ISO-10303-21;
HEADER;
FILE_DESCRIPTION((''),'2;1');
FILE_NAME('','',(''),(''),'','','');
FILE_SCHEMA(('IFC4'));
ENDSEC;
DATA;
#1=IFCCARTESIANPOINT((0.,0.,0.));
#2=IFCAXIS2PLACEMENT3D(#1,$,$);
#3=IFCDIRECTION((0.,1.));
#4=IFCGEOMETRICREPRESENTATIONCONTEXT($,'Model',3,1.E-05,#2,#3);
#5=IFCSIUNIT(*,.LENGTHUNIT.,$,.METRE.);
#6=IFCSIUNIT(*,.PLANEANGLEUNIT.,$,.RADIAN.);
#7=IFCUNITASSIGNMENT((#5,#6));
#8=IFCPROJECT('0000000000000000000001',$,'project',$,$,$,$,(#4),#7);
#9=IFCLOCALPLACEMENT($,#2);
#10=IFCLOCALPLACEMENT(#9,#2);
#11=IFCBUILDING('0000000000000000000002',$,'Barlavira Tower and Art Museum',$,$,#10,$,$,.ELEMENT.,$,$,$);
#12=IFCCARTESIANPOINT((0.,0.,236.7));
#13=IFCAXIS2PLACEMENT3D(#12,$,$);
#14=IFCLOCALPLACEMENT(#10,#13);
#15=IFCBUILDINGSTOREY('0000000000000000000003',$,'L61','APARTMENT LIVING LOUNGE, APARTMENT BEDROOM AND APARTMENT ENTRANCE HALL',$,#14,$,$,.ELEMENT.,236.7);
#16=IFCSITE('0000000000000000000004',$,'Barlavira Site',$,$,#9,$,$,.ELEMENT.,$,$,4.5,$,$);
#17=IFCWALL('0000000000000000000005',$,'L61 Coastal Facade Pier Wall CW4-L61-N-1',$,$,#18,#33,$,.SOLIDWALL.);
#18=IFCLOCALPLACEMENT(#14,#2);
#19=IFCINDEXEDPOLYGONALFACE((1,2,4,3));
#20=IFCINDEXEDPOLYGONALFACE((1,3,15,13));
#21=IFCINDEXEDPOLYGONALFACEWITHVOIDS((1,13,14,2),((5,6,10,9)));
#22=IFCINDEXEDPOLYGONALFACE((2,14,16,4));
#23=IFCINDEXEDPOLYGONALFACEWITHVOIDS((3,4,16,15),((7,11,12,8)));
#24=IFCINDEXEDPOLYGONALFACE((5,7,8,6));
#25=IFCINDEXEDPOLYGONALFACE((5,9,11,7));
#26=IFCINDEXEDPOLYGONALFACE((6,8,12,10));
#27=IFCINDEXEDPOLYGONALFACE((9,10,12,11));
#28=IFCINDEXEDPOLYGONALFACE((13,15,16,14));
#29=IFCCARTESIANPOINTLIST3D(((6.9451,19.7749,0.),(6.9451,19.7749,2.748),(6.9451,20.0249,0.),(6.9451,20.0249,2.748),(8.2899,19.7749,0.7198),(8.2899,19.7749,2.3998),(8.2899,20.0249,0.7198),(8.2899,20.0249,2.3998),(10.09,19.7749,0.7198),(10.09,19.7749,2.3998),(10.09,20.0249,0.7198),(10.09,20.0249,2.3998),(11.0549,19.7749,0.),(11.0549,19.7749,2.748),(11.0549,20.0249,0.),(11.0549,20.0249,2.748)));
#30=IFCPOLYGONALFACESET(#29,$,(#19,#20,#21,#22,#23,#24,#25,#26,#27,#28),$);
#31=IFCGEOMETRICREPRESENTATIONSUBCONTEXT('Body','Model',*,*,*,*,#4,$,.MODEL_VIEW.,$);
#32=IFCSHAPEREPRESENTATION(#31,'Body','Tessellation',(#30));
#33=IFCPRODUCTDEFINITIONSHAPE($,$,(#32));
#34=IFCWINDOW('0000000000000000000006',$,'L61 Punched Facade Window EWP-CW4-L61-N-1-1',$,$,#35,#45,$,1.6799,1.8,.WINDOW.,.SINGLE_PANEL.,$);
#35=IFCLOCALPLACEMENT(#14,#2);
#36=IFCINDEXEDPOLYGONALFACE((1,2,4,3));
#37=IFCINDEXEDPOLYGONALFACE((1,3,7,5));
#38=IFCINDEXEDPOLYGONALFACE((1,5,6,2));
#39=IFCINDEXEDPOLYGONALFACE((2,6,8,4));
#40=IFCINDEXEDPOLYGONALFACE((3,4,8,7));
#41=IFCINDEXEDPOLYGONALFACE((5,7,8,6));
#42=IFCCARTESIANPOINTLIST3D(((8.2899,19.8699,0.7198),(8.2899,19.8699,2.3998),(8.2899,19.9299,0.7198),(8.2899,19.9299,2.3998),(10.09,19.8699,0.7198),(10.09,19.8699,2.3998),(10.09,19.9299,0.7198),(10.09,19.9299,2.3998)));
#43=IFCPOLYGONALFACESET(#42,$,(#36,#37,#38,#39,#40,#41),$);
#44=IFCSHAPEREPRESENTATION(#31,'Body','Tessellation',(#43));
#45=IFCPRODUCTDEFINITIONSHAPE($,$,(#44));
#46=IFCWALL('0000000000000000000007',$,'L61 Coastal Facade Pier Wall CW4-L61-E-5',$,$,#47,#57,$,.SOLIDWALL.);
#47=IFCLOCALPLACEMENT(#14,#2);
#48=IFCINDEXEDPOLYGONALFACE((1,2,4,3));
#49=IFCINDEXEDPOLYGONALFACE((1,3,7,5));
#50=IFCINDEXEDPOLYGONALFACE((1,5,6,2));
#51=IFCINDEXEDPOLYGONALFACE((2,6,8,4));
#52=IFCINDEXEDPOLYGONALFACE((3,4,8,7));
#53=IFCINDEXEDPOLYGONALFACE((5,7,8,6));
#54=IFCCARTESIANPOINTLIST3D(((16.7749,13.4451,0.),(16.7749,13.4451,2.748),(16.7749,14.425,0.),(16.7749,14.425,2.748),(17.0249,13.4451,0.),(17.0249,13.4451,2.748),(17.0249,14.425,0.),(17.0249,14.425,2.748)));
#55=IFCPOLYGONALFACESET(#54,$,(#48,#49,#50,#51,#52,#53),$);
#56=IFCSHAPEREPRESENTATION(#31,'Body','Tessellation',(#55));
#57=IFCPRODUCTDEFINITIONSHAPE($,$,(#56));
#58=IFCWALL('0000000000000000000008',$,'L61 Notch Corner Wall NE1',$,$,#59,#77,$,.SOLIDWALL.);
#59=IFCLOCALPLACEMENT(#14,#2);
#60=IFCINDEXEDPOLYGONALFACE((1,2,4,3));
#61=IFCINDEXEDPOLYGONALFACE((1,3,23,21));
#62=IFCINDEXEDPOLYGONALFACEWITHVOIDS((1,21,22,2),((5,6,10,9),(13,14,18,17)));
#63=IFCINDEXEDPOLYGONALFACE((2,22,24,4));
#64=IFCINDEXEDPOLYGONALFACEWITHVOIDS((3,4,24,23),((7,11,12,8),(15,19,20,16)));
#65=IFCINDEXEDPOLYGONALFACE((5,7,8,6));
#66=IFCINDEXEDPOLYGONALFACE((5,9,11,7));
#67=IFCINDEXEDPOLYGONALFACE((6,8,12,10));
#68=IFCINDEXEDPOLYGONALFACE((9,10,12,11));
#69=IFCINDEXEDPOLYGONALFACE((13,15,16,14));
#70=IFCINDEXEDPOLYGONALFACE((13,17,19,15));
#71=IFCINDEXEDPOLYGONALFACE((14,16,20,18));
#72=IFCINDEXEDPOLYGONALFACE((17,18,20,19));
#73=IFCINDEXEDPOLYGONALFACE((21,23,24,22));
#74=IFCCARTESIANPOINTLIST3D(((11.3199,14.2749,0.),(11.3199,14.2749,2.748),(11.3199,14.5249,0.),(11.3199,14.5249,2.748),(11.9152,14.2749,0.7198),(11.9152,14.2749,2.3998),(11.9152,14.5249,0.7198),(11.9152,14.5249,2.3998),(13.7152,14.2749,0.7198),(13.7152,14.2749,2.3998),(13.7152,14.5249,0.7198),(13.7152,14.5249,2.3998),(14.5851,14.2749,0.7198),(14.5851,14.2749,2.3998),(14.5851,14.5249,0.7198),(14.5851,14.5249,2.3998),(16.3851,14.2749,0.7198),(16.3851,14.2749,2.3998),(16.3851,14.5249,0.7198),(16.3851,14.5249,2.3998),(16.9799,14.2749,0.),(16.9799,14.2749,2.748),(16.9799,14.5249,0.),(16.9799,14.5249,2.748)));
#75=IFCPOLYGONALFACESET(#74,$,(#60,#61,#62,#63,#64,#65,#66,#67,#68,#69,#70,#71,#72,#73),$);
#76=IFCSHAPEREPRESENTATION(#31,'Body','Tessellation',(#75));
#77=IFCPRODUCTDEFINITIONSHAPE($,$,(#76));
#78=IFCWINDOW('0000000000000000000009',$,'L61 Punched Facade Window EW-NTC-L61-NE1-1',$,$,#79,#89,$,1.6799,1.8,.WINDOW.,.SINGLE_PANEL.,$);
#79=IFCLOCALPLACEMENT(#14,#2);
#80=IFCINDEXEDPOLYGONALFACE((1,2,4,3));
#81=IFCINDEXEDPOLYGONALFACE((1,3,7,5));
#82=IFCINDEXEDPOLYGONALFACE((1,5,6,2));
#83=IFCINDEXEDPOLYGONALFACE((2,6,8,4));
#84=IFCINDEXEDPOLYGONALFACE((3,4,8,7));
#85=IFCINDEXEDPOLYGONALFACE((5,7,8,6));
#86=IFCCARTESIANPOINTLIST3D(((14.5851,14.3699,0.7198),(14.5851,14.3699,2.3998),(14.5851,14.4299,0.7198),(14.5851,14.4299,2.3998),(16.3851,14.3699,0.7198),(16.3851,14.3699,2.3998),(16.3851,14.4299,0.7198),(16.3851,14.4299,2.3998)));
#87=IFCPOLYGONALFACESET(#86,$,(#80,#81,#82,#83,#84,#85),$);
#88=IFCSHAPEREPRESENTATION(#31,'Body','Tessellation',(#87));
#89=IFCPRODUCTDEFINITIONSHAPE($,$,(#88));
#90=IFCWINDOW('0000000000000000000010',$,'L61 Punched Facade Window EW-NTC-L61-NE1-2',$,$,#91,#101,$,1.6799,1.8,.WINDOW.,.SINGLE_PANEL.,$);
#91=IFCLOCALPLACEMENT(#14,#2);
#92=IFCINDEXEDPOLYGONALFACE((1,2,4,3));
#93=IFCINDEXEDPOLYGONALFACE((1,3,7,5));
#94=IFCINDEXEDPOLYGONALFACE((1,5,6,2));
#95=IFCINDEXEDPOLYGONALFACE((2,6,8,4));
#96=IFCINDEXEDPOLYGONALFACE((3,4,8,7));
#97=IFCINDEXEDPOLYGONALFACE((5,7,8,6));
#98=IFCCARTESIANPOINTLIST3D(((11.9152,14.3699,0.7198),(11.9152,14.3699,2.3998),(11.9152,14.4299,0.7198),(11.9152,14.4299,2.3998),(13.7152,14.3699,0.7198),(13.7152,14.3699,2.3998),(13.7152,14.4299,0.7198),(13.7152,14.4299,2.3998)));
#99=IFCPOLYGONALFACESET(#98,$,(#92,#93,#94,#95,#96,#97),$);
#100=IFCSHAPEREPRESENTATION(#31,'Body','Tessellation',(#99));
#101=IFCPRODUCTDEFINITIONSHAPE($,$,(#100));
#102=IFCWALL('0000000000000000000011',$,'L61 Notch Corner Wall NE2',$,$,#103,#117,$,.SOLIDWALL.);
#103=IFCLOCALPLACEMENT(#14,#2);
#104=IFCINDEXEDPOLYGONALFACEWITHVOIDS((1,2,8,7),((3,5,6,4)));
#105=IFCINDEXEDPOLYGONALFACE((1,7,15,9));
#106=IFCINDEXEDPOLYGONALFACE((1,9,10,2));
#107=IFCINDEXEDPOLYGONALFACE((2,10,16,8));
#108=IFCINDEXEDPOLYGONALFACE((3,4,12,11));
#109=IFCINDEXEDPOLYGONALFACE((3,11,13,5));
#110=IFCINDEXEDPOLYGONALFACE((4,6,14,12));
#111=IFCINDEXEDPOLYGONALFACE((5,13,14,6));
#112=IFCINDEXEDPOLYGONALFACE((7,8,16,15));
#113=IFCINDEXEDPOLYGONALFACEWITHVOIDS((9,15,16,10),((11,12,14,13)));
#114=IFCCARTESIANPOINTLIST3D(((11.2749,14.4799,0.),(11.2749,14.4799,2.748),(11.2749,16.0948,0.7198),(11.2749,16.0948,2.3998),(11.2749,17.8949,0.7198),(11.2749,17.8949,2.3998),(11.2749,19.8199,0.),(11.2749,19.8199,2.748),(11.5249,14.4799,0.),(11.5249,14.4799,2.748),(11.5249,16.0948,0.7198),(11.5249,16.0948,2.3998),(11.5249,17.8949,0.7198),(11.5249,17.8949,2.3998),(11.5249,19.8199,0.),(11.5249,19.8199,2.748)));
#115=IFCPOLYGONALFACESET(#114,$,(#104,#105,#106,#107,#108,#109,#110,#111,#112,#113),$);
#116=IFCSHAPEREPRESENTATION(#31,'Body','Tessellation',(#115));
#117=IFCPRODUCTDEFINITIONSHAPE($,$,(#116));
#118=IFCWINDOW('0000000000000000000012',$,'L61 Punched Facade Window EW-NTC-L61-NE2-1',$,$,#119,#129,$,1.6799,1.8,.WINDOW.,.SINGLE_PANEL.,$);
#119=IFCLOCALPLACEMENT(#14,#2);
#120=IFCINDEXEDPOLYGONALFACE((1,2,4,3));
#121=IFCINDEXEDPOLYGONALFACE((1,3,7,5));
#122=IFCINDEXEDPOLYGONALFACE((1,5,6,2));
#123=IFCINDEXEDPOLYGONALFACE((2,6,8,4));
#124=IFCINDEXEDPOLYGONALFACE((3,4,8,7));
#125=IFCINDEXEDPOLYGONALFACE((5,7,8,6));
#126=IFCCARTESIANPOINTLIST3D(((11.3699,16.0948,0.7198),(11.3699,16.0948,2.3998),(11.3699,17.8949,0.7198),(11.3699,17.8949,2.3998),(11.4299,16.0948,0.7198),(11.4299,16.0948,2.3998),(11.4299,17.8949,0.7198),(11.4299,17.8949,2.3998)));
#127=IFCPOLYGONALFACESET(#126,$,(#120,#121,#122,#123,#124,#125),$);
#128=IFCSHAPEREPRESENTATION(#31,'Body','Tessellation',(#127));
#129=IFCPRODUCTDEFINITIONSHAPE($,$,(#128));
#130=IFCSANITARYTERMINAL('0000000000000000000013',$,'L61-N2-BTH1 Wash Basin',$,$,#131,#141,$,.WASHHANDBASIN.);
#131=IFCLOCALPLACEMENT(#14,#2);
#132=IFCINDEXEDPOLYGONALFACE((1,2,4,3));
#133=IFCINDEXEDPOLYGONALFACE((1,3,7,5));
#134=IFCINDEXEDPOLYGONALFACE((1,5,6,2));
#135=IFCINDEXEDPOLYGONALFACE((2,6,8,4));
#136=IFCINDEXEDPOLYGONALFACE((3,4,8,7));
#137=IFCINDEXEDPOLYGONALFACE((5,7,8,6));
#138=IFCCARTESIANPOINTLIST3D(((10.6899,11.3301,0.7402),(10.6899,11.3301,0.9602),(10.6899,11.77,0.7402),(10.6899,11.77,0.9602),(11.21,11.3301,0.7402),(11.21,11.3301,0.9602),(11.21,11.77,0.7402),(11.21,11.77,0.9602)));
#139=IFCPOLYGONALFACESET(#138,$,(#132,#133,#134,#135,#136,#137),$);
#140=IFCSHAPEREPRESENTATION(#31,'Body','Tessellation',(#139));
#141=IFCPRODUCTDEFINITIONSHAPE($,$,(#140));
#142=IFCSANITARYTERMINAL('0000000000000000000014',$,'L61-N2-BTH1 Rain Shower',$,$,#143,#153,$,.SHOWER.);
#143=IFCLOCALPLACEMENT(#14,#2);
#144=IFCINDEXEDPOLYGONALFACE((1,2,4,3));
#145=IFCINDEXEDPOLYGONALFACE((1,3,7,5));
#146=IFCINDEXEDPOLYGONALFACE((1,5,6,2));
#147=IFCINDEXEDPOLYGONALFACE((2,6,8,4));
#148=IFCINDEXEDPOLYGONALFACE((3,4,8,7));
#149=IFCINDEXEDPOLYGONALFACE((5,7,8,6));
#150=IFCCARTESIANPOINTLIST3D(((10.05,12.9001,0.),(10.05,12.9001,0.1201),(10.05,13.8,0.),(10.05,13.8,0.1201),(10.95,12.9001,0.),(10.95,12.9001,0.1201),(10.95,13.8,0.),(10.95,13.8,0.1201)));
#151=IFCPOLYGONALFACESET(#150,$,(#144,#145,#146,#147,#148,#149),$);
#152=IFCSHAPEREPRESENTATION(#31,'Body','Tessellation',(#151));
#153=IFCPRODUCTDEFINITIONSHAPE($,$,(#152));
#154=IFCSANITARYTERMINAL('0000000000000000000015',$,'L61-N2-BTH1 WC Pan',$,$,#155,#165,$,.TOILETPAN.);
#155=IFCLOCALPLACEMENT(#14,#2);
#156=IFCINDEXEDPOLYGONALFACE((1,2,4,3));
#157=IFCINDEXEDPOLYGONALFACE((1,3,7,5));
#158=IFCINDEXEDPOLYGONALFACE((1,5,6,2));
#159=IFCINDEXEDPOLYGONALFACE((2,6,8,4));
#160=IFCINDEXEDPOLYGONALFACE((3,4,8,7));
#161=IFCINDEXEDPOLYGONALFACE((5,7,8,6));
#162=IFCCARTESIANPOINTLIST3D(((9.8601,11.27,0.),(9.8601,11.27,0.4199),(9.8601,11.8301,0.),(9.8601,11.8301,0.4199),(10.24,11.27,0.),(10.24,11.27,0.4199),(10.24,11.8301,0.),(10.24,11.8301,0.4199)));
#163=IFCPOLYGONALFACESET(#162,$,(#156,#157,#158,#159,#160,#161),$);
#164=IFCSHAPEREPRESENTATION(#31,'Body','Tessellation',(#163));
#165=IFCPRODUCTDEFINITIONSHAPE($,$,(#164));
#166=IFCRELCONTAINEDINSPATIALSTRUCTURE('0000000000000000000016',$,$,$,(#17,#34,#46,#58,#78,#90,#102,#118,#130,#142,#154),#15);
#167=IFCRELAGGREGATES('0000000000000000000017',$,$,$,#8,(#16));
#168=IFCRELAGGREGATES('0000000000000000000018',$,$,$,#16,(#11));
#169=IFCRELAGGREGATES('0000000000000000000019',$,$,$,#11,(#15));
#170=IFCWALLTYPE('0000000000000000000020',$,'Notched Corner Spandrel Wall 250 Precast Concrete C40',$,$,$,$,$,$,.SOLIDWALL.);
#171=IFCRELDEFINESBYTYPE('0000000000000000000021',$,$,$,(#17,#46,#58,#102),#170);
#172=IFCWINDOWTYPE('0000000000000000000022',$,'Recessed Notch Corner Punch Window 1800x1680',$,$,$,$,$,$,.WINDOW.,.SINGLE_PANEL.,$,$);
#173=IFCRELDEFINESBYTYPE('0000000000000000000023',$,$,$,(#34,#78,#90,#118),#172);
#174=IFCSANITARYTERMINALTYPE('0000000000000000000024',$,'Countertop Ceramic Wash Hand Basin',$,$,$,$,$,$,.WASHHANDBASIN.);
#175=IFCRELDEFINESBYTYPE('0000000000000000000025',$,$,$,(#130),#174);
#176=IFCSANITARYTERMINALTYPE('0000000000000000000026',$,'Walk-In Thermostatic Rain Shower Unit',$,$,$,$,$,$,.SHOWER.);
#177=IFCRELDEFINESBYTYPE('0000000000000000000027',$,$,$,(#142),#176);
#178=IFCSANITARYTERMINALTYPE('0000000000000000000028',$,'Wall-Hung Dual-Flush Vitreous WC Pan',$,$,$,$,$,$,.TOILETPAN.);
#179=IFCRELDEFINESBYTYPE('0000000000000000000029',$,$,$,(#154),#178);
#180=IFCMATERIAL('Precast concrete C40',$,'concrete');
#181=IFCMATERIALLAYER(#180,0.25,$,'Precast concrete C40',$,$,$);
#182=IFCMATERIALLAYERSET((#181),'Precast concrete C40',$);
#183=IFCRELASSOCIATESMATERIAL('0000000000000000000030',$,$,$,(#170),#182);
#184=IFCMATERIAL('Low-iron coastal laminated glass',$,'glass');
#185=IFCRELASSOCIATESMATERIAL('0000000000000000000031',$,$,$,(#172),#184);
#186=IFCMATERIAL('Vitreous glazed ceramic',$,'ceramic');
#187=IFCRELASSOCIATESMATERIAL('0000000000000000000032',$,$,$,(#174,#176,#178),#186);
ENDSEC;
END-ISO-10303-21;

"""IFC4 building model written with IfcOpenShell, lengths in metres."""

from ifc_helpers import new_model, si_unit, direction, frame, frame_2d, origin, origin_2d, place, context, subcontext, project, spatial, rectangle, extrude, material, layer, layer_set, type_object, element, fill, save


model = new_model("IFC4")

# Units and contexts
model_context = context("Model", 3, precision=1e-05, world=origin(), true_north=direction((0.0, 1.0)))
body_context = subcontext(model_context, "Body", "Model", "MODEL_VIEW")
ifc_project = project(units=[si_unit("LENGTHUNIT", "METRE"), si_unit("PLANEANGLEUNIT", "RADIAN")], contexts=[model_context])

# Site, building, storey
site_placement = place(None, origin())
site = spatial("IfcSite", under=ifc_project, at=site_placement, Name="Barlavira Site", CompositionType="ELEMENT", RefElevation=4.5)
building_placement = place(site_placement, origin())
building = spatial("IfcBuilding", under=site, at=building_placement, Name="Barlavira Tower and Art Museum", CompositionType="ELEMENT")
storey_placement = place(building_placement, frame((0.0, 0.0, 236.7)))
storey = spatial("IfcBuildingStorey", under=building, at=storey_placement, Name="L61", Description="APARTMENT LIVING LOUNGE, APARTMENT BEDROOM AND APARTMENT ENTRANCE HALL", CompositionType="ELEMENT", Elevation=236.7)

# Wall, opening, window
ifc_material_1 = material(Name="Precast concrete C40", Category="concrete")
ifc_layer_1 = layer(ifc_material_1, 0.25, Name="Precast concrete C40")
ifc_layer_set_1 = layer_set([ifc_layer_1], Name="Precast concrete C40")
wall_type_1 = type_object("IfcWallType", Name="Notched Corner Spandrel Wall 250 Precast Concrete C40", PredefinedType="SOLIDWALL", material=ifc_layer_set_1)
wall_1_placement = place(storey_placement, frame((11.0549, 19.8999, 0.0), z_axis=(0.0, 0.0, 1.0), x_axis=(-1.0, 0.0, 0.0)))
wall_1 = element("IfcWall", 1, at=wall_1_placement, inside=storey, type_object=wall_type_1, Name="L61 Coastal Facade Pier Wall CW4-L61-N-1", PredefinedType="SOLIDWALL", context=body_context, shape_type="SweptSolid", body=[
    extrude(rectangle(XDim=4.1099, YDim=0.25, at=frame_2d((2.0549, 0.0))), origin(), (0.0, 0.0, 1.0), 2.748),
])
opening_1_placement = place(wall_1_placement, frame((0.9651, 0.0, 0.72)))
opening_1 = element("IfcOpeningElement", 2, at=opening_1_placement, cuts=wall_1, PredefinedType="OPENING", context=body_context, shape_type="SweptSolid", body=[
    extrude(rectangle(XDim=1.8, YDim=1.6799, at=frame_2d((0.8999, 0.8398))), frame((0.0, 0.135, 0.0), z_axis=(0.0, -1.0, 0.0), x_axis=(1.0, 0.0, 0.0)), (0.0, 0.0, 1.0), 0.27),
])
ifc_material_2 = material(Name="Low-iron coastal laminated glass", Category="glass")
window_type = type_object("IfcWindowType", Name="Recessed Notch Corner Punch Window 1800x1680", PartitioningType="SINGLE_PANEL", PredefinedType="WINDOW", material=ifc_material_2)
window_1_placement = place(opening_1_placement, origin())
window_1 = element("IfcWindow", 3, at=window_1_placement, inside=storey, type_object=window_type, Name="L61 Punched Facade Window EWP-CW4-L61-N-1-1", OverallHeight=1.6799, OverallWidth=1.8, PartitioningType="SINGLE_PANEL", PredefinedType="WINDOW", context=body_context, shape_type="SweptSolid", body=[
    extrude(rectangle(XDim=1.8, YDim=1.6799, at=frame_2d((0.8999, 0.8398))), frame((0.0, 0.03, 0.0), z_axis=(0.0, -1.0, 0.0), x_axis=(1.0, 0.0, 0.0)), (0.0, 0.0, 1.0), 0.0601),
])
fill(opening_1, window_1)

# Wall
wall_2_placement = place(storey_placement, frame((16.8999, 13.4451, 0.0), z_axis=(0.0, 0.0, 1.0), x_axis=(0.0, 1.0, 0.0)))
element("IfcWall", 4, at=wall_2_placement, inside=storey, type_object=wall_type_1, Name="L61 Coastal Facade Pier Wall CW4-L61-E-5", PredefinedType="SOLIDWALL", context=body_context, shape_type="SweptSolid", body=[
    extrude(rectangle(XDim=0.98, YDim=0.25, at=frame_2d((0.49, 0.0))), origin(), (0.0, 0.0, 1.0), 2.748),
])

# Wall, openings, windows
wall_3_placement = place(storey_placement, frame((16.98, 14.3999, 0.0), z_axis=(0.0, 0.0, 1.0), x_axis=(-1.0, 0.0, 0.0)))
wall_3 = element("IfcWall", 5, at=wall_3_placement, inside=storey, type_object=wall_type_1, Name="L61 Notch Corner Wall NE1", PredefinedType="SOLIDWALL", context=body_context, shape_type="SweptSolid", body=[
    extrude(rectangle(XDim=5.6599, YDim=0.25, at=frame_2d((2.8301, 0.0))), origin(), (0.0, 0.0, 1.0), 2.748),
])
opening_2_placement = place(wall_3_placement, frame((0.595, 0.0, 0.72)))
opening_2 = element("IfcOpeningElement", 6, at=opening_2_placement, cuts=wall_3, PredefinedType="OPENING", context=body_context, shape_type="SweptSolid", body=[
    extrude(rectangle(XDim=1.8, YDim=1.6799, at=frame_2d((0.8999, 0.8398))), frame((0.0, 0.135, 0.0), z_axis=(0.0, -1.0, 0.0), x_axis=(1.0, 0.0, 0.0)), (0.0, 0.0, 1.0), 0.27),
])
opening_3_placement = place(wall_3_placement, frame((3.2649, 0.0, 0.72)))
opening_3 = element("IfcOpeningElement", 7, at=opening_3_placement, cuts=wall_3, PredefinedType="OPENING", context=body_context, shape_type="SweptSolid", body=[
    extrude(rectangle(XDim=1.8, YDim=1.6799, at=frame_2d((0.8999, 0.8398))), frame((0.0, 0.135, 0.0), z_axis=(0.0, -1.0, 0.0), x_axis=(1.0, 0.0, 0.0)), (0.0, 0.0, 1.0), 0.27),
])
window_2_placement = place(opening_2_placement, origin())
window_2 = element("IfcWindow", 8, at=window_2_placement, inside=storey, type_object=window_type, Name="L61 Punched Facade Window EW-NTC-L61-NE1-1", OverallHeight=1.6799, OverallWidth=1.8, PartitioningType="SINGLE_PANEL", PredefinedType="WINDOW", context=body_context, shape_type="SweptSolid", body=[
    extrude(rectangle(XDim=1.8, YDim=1.6799, at=frame_2d((0.8999, 0.8398))), frame((0.0, 0.03, 0.0), z_axis=(0.0, -1.0, 0.0), x_axis=(1.0, 0.0, 0.0)), (0.0, 0.0, 1.0), 0.0601),
])
fill(opening_2, window_2)
window_3_placement = place(opening_3_placement, origin())
window_3 = element("IfcWindow", 9, at=window_3_placement, inside=storey, type_object=window_type, Name="L61 Punched Facade Window EW-NTC-L61-NE1-2", OverallHeight=1.6799, OverallWidth=1.8, PartitioningType="SINGLE_PANEL", PredefinedType="WINDOW", context=body_context, shape_type="SweptSolid", body=[
    extrude(rectangle(XDim=1.8, YDim=1.6799, at=frame_2d((0.8999, 0.8398))), frame((0.0, 0.03, 0.0), z_axis=(0.0, -1.0, 0.0), x_axis=(1.0, 0.0, 0.0)), (0.0, 0.0, 1.0), 0.0601),
])
fill(opening_3, window_3)

# Wall, opening, window
wall_4_placement = place(storey_placement, frame((11.3999, 14.48, 0.0), z_axis=(0.0, 0.0, 1.0), x_axis=(0.0, 1.0, 0.0)))
wall_4 = element("IfcWall", 10, at=wall_4_placement, inside=storey, type_object=wall_type_1, Name="L61 Notch Corner Wall NE2", PredefinedType="SOLIDWALL", context=body_context, shape_type="SweptSolid", body=[
    extrude(rectangle(XDim=5.3401, YDim=0.25, at=frame_2d((2.6699, 0.0))), origin(), (0.0, 0.0, 1.0), 2.748),
])
opening_4_placement = place(wall_4_placement, frame((1.615, 0.0, 0.72)))
opening_4 = element("IfcOpeningElement", 11, at=opening_4_placement, cuts=wall_4, PredefinedType="OPENING", context=body_context, shape_type="SweptSolid", body=[
    extrude(rectangle(XDim=1.8, YDim=1.6799, at=frame_2d((0.8999, 0.8398))), frame((0.0, 0.135, 0.0), z_axis=(0.0, -1.0, 0.0), x_axis=(1.0, 0.0, 0.0)), (0.0, 0.0, 1.0), 0.27),
])
window_4_placement = place(opening_4_placement, origin())
window_4 = element("IfcWindow", 12, at=window_4_placement, inside=storey, type_object=window_type, Name="L61 Punched Facade Window EW-NTC-L61-NE2-1", OverallHeight=1.6799, OverallWidth=1.8, PartitioningType="SINGLE_PANEL", PredefinedType="WINDOW", context=body_context, shape_type="SweptSolid", body=[
    extrude(rectangle(XDim=1.8, YDim=1.6799, at=frame_2d((0.8999, 0.8398))), frame((0.0, 0.03, 0.0), z_axis=(0.0, -1.0, 0.0), x_axis=(1.0, 0.0, 0.0)), (0.0, 0.0, 1.0), 0.0601),
])
fill(opening_4, window_4)

# Sanitary terminals
ifc_material_3 = material(Name="Vitreous glazed ceramic", Category="ceramic")
sanitary_terminal_type_1 = type_object("IfcSanitaryTerminalType", Name="Countertop Ceramic Wash Hand Basin", PredefinedType="WASHHANDBASIN", material=ifc_material_3)
sanitary_terminal_1_placement = place(storey_placement, frame((10.95, 11.55, 0.7402), z_axis=(0.0, 0.0, 1.0), x_axis=(1.0, 0.0, 0.0)))
element("IfcSanitaryTerminal", 13, at=sanitary_terminal_1_placement, inside=storey, type_object=sanitary_terminal_type_1, Name="L61-N2-BTH1 Wash Basin", PredefinedType="WASHHANDBASIN", context=body_context, shape_type="SweptSolid", body=[
    extrude(rectangle(XDim=0.52, YDim=0.4399, at=origin_2d()), origin(), (0.0, 0.0, 1.0), 0.22),
])
sanitary_terminal_type_2 = type_object("IfcSanitaryTerminalType", Name="Walk-In Thermostatic Rain Shower Unit", PredefinedType="SHOWER", material=ifc_material_3)
sanitary_terminal_2_placement = place(storey_placement, frame((10.5, 13.3501, 0.0), z_axis=(0.0, 0.0, 1.0), x_axis=(1.0, 0.0, 0.0)))
element("IfcSanitaryTerminal", 14, at=sanitary_terminal_2_placement, inside=storey, type_object=sanitary_terminal_type_2, Name="L61-N2-BTH1 Rain Shower", PredefinedType="SHOWER", context=body_context, shape_type="SweptSolid", body=[
    extrude(rectangle(XDim=0.8999, YDim=0.8999, at=origin_2d()), origin(), (0.0, 0.0, 1.0), 0.1201),
])
sanitary_terminal_type_3 = type_object("IfcSanitaryTerminalType", Name="Wall-Hung Dual-Flush Vitreous WC Pan", PredefinedType="TOILETPAN", material=ifc_material_3)
sanitary_terminal_3_placement = place(storey_placement, frame((10.05, 11.55, 0.0), z_axis=(0.0, 0.0, 1.0), x_axis=(1.0, 0.0, 0.0)))
element("IfcSanitaryTerminal", 15, at=sanitary_terminal_3_placement, inside=storey, type_object=sanitary_terminal_type_3, Name="L61-N2-BTH1 WC Pan", PredefinedType="TOILETPAN", context=body_context, shape_type="SweptSolid", body=[
    extrude(rectangle(XDim=0.3799, YDim=0.5601, at=origin_2d()), origin(), (0.0, 0.0, 1.0), 0.4199),
])

save(model, "model.ifc")
